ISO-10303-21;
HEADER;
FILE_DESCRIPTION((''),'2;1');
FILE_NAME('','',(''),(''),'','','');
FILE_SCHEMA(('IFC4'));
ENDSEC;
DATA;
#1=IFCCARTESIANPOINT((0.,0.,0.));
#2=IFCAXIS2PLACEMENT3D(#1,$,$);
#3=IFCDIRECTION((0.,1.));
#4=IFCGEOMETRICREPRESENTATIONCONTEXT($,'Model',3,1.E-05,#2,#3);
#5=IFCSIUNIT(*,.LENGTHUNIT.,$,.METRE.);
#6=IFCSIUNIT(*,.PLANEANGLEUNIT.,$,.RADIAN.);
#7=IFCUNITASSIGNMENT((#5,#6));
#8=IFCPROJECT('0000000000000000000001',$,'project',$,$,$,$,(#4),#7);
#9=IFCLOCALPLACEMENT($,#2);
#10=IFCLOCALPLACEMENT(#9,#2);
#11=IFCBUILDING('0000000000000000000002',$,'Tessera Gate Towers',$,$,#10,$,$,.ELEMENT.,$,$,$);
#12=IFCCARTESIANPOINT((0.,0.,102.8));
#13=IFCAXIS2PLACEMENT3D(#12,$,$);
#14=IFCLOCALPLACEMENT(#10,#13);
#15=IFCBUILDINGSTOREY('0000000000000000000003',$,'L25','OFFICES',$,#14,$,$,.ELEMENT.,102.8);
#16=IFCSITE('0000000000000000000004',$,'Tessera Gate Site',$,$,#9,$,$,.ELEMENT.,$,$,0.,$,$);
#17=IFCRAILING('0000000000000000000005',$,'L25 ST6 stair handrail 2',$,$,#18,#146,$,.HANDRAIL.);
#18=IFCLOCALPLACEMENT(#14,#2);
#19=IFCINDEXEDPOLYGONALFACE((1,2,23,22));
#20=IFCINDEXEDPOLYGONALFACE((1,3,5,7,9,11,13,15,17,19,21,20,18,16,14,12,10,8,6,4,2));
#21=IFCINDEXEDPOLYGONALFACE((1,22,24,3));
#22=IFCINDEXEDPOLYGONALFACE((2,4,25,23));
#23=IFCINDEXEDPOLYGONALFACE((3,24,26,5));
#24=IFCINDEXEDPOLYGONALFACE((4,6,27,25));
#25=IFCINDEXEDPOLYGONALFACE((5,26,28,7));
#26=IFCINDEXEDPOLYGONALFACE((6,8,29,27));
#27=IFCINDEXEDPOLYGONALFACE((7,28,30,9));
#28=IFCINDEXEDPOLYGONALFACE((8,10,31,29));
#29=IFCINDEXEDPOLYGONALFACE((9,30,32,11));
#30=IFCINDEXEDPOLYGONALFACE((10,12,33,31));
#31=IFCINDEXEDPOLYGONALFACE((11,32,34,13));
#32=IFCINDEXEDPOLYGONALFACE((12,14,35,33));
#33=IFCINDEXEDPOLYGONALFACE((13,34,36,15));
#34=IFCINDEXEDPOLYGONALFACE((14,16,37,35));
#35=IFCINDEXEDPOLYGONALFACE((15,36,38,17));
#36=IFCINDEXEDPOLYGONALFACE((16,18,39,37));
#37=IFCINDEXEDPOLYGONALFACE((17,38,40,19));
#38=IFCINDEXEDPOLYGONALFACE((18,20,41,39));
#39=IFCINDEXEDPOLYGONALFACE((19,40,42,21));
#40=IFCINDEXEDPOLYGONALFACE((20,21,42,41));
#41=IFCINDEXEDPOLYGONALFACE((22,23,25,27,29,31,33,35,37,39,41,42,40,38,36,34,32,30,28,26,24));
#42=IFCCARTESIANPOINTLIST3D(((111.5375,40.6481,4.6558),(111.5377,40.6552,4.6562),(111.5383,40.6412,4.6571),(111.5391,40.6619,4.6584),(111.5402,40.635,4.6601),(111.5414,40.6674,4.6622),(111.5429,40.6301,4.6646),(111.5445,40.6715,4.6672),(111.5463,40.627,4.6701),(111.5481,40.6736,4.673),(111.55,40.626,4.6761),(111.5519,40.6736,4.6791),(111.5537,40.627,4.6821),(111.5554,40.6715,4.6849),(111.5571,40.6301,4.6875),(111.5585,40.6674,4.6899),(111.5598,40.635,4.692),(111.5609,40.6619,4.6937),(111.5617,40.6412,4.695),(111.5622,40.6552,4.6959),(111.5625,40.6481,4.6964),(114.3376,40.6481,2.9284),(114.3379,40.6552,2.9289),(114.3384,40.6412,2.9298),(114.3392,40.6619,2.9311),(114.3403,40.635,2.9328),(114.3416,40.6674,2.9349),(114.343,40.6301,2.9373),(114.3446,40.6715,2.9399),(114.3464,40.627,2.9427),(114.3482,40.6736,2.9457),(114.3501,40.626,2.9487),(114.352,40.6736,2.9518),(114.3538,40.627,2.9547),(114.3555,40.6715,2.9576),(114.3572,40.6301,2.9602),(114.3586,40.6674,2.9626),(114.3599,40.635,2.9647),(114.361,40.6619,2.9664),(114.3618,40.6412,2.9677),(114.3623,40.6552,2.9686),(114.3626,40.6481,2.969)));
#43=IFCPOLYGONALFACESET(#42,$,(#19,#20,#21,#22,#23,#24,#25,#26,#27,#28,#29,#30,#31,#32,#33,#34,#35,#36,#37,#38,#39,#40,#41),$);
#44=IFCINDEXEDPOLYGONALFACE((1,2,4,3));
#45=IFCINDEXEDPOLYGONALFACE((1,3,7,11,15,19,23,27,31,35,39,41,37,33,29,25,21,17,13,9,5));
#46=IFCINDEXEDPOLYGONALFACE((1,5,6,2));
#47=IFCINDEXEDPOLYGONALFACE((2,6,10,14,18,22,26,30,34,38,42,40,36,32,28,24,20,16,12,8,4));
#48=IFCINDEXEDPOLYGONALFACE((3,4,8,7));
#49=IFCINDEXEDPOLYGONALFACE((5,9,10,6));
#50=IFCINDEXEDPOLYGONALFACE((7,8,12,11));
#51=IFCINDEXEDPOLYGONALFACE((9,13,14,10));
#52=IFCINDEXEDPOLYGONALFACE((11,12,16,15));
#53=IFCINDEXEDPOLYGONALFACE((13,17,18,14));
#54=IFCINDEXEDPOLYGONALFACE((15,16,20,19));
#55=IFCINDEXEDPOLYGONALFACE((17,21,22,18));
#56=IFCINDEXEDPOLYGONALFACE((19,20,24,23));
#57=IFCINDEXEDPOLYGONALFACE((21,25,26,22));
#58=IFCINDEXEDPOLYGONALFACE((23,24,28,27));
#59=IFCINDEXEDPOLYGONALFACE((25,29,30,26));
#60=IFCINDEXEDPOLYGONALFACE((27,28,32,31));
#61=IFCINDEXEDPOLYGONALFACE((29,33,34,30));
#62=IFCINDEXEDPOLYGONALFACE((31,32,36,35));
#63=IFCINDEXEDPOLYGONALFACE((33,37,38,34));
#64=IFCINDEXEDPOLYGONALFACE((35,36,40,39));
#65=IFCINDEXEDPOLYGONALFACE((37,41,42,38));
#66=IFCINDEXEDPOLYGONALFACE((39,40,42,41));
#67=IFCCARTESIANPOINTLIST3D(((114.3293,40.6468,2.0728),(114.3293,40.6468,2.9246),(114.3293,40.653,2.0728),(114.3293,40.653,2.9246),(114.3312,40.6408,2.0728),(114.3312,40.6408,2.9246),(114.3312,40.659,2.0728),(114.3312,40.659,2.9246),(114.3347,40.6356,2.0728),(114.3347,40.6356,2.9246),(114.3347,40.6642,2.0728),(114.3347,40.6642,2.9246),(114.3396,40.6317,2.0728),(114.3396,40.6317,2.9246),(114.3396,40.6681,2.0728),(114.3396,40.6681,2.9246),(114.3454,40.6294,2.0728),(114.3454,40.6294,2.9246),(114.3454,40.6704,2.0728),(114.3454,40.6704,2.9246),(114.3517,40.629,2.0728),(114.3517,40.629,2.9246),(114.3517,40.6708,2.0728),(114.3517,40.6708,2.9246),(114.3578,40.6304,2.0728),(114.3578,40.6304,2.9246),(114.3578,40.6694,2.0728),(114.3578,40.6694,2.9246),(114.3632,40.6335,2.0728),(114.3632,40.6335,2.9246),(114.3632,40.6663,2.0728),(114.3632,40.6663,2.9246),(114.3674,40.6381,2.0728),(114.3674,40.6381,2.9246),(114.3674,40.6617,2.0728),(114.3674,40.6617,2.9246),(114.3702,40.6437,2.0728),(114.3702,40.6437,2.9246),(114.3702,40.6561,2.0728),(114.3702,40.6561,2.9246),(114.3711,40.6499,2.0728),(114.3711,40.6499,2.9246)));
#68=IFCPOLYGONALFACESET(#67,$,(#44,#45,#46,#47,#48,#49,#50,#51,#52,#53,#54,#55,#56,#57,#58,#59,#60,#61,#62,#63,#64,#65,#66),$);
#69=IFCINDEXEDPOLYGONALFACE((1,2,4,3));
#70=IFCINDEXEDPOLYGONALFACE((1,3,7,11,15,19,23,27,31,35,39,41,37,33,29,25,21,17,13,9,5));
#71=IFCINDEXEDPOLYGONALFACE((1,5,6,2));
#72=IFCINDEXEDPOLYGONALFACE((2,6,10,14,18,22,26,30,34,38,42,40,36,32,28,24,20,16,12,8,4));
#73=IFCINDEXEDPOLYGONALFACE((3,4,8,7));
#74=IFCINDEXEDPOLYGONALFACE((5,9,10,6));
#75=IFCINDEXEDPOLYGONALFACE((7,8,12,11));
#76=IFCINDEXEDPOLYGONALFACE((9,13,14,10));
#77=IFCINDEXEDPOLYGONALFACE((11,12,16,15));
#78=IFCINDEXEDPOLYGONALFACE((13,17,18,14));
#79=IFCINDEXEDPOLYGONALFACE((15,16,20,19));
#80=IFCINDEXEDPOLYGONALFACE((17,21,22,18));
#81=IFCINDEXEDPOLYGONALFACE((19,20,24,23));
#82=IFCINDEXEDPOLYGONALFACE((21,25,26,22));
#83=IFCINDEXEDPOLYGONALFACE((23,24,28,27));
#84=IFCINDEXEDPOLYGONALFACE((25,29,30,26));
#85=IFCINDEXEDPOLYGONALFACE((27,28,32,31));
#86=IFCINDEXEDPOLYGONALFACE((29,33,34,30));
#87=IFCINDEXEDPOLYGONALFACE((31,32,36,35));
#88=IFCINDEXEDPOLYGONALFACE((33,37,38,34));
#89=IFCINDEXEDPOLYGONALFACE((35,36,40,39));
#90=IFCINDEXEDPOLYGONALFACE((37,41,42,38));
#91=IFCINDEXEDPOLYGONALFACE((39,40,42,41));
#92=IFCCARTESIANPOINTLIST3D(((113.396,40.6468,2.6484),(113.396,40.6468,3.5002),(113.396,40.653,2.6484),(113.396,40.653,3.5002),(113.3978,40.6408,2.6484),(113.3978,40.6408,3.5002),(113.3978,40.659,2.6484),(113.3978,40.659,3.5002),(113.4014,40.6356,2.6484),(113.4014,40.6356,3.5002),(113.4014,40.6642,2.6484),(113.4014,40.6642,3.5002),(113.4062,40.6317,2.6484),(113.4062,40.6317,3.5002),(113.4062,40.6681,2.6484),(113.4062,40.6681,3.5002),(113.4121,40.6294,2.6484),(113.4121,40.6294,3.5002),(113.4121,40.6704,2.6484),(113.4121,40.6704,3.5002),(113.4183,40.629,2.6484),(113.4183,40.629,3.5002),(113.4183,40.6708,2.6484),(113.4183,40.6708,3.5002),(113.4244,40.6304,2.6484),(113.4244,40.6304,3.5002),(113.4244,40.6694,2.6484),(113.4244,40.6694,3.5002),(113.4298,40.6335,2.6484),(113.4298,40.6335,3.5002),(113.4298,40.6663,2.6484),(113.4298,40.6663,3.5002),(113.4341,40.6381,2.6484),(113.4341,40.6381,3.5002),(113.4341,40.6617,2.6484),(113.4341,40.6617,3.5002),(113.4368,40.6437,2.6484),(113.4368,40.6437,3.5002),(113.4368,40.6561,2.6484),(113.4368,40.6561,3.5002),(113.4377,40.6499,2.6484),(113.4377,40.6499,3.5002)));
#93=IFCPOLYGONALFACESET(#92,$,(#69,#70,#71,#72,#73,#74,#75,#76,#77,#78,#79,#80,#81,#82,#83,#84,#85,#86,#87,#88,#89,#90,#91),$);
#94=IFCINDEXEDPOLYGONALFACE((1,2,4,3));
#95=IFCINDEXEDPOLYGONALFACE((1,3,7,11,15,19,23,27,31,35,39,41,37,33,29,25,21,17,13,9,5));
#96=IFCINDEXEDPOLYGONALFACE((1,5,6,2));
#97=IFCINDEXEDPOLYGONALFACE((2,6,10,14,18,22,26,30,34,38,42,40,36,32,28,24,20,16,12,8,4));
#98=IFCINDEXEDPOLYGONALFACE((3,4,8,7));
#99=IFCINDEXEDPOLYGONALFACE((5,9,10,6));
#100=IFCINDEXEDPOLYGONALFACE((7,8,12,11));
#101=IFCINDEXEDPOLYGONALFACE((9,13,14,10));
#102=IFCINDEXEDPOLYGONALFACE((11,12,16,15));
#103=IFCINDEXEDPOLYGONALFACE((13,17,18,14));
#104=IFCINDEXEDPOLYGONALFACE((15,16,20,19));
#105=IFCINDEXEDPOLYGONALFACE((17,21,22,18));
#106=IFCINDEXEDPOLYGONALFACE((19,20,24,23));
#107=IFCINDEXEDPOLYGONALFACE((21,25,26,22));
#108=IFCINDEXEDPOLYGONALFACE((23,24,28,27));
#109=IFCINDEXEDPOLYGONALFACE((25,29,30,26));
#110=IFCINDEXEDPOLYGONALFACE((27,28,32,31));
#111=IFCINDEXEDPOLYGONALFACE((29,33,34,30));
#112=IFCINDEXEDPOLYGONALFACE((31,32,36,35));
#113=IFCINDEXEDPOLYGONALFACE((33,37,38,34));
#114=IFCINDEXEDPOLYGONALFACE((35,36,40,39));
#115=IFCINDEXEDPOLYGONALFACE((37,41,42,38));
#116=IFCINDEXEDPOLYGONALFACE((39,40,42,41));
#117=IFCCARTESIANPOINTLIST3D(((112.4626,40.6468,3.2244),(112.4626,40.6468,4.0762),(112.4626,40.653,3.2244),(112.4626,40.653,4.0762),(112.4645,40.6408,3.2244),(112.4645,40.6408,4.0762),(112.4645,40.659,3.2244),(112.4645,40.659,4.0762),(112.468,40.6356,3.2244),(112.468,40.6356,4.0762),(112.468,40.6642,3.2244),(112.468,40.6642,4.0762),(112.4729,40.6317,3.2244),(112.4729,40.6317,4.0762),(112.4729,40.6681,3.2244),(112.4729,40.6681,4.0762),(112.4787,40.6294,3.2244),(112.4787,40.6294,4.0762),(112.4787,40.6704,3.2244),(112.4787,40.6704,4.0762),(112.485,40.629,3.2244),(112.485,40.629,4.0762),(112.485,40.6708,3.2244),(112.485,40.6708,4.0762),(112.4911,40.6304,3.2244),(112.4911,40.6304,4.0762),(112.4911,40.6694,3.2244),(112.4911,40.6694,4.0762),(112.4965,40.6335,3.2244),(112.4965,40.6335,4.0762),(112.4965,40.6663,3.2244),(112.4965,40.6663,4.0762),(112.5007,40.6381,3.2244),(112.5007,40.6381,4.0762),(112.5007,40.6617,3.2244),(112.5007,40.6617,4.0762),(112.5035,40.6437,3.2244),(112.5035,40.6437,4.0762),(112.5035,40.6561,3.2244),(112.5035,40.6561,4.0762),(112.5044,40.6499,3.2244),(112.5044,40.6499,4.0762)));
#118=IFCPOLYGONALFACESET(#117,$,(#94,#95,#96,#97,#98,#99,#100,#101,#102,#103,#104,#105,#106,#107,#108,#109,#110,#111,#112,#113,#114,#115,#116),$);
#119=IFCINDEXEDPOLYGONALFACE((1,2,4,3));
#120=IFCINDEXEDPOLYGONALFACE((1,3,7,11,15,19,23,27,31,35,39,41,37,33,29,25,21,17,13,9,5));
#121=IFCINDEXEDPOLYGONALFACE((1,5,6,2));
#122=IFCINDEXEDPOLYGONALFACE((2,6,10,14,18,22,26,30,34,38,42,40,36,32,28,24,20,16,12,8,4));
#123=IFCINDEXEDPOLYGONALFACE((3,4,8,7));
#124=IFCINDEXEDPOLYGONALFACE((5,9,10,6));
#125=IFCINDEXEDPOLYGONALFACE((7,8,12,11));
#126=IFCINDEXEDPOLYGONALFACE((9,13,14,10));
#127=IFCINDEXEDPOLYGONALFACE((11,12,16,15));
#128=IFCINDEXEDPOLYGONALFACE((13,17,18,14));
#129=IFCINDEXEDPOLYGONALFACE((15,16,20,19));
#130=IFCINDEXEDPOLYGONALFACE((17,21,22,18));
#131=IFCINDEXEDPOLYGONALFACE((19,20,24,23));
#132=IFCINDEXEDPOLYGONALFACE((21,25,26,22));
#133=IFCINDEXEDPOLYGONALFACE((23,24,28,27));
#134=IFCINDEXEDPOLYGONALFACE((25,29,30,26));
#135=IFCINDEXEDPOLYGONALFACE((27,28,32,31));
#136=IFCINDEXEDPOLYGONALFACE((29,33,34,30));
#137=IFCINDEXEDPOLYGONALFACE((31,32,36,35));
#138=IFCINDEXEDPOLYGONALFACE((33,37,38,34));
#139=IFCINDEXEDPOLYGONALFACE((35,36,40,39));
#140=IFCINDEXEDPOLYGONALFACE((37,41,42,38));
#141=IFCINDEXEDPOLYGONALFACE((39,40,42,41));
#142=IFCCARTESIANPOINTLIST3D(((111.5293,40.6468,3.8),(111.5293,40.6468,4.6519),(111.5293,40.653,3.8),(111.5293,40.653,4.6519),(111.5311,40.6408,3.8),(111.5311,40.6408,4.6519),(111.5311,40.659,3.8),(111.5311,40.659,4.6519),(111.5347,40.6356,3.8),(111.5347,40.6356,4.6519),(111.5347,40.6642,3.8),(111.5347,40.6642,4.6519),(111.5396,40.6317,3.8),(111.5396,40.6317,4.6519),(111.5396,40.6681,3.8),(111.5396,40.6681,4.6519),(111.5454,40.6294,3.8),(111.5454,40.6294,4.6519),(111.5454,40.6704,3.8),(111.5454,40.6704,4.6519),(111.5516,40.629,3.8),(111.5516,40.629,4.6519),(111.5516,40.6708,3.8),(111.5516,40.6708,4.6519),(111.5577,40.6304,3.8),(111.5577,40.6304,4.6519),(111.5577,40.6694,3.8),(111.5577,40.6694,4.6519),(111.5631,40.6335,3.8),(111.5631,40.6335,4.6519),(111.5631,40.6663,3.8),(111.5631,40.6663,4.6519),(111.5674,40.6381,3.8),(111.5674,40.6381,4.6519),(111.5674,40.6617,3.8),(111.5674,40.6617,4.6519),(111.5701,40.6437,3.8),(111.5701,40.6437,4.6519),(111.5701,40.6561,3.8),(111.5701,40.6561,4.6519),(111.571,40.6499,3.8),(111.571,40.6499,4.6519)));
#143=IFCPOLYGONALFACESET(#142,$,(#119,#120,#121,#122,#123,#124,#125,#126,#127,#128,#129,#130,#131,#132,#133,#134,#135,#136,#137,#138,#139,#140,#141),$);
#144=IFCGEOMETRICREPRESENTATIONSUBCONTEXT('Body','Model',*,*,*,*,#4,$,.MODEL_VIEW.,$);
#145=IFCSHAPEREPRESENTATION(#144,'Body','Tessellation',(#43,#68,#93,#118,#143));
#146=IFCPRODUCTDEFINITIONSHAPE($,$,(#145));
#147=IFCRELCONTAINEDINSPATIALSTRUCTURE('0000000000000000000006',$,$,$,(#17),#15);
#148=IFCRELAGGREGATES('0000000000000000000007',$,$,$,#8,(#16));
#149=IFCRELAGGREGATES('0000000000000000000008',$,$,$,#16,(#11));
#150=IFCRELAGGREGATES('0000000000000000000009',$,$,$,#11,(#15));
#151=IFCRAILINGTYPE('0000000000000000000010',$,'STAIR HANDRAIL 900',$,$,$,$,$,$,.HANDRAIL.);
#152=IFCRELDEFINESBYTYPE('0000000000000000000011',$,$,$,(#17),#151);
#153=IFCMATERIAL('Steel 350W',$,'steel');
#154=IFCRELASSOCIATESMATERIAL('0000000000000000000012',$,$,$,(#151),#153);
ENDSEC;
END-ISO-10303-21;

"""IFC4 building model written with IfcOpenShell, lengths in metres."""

from ifc_helpers import new_model, si_unit, direction, frame, origin, origin_2d, place, context, subcontext, project, spatial, circle, extrude, material, type_object, element, save


model = new_model("IFC4")

# Units and contexts
model_context = context("Model", 3, precision=1e-05, world=origin(), true_north=direction((0.0, 1.0)))
body_context = subcontext(model_context, "Body", "Model", "MODEL_VIEW")
ifc_project = project(units=[si_unit("LENGTHUNIT", "METRE"), si_unit("PLANEANGLEUNIT", "RADIAN")], contexts=[model_context])

# Site, building, storey
site_placement = place(None, origin())
site = spatial("IfcSite", under=ifc_project, at=site_placement, Name="Tessera Gate Site", CompositionType="ELEMENT", RefElevation=0.0)
building_placement = place(site_placement, origin())
building = spatial("IfcBuilding", under=site, at=building_placement, Name="Tessera Gate Towers", CompositionType="ELEMENT")
storey_placement = place(building_placement, frame((0.0, 0.0, 102.8)))
storey = spatial("IfcBuildingStorey", under=building, at=storey_placement, Name="L25", Description="OFFICES", CompositionType="ELEMENT", Elevation=102.8)

# Railing
ifc_material_1 = material(Name="Steel 350W", Category="steel")
railing_type_1 = type_object("IfcRailingType", Name="STAIR HANDRAIL 900", PredefinedType="HANDRAIL", material=ifc_material_1)
railing_1_placement = place(storey_placement, frame((114.3501, 40.6499, 2.0728)))
element("IfcRailing", 1, at=railing_1_placement, inside=storey, type_object=railing_type_1, Name="L25 ST6 stair handrail 2", PredefinedType="HANDRAIL", context=body_context, shape_type="SweptSolid", body=[
    extrude(circle(Radius=0.0239, at=origin_2d()), frame((0.0, 0.0, 0.876), z_axis=(-0.85109, 0.0, 0.52502), x_axis=(0.0, -1.0, 0.0)), (0.0, 0.0, 1.0), 3.29),
    extrude(circle(Radius=0.021, at=origin_2d()), origin(), (0.0, 0.0, 1.0), 0.8518),
    extrude(circle(Radius=0.021, at=origin_2d()), frame((-0.9333, 0.0, 0.5757)), (0.0, 0.0, 1.0), 0.8518),
    extrude(circle(Radius=0.021, at=origin_2d()), frame((-1.8667, 0.0, 1.1516)), (0.0, 0.0, 1.0), 0.8518),
    extrude(circle(Radius=0.021, at=origin_2d()), frame((-2.8, 0.0, 1.7273)), (0.0, 0.0, 1.0), 0.8518),
])

save(model, "model.ifc")
